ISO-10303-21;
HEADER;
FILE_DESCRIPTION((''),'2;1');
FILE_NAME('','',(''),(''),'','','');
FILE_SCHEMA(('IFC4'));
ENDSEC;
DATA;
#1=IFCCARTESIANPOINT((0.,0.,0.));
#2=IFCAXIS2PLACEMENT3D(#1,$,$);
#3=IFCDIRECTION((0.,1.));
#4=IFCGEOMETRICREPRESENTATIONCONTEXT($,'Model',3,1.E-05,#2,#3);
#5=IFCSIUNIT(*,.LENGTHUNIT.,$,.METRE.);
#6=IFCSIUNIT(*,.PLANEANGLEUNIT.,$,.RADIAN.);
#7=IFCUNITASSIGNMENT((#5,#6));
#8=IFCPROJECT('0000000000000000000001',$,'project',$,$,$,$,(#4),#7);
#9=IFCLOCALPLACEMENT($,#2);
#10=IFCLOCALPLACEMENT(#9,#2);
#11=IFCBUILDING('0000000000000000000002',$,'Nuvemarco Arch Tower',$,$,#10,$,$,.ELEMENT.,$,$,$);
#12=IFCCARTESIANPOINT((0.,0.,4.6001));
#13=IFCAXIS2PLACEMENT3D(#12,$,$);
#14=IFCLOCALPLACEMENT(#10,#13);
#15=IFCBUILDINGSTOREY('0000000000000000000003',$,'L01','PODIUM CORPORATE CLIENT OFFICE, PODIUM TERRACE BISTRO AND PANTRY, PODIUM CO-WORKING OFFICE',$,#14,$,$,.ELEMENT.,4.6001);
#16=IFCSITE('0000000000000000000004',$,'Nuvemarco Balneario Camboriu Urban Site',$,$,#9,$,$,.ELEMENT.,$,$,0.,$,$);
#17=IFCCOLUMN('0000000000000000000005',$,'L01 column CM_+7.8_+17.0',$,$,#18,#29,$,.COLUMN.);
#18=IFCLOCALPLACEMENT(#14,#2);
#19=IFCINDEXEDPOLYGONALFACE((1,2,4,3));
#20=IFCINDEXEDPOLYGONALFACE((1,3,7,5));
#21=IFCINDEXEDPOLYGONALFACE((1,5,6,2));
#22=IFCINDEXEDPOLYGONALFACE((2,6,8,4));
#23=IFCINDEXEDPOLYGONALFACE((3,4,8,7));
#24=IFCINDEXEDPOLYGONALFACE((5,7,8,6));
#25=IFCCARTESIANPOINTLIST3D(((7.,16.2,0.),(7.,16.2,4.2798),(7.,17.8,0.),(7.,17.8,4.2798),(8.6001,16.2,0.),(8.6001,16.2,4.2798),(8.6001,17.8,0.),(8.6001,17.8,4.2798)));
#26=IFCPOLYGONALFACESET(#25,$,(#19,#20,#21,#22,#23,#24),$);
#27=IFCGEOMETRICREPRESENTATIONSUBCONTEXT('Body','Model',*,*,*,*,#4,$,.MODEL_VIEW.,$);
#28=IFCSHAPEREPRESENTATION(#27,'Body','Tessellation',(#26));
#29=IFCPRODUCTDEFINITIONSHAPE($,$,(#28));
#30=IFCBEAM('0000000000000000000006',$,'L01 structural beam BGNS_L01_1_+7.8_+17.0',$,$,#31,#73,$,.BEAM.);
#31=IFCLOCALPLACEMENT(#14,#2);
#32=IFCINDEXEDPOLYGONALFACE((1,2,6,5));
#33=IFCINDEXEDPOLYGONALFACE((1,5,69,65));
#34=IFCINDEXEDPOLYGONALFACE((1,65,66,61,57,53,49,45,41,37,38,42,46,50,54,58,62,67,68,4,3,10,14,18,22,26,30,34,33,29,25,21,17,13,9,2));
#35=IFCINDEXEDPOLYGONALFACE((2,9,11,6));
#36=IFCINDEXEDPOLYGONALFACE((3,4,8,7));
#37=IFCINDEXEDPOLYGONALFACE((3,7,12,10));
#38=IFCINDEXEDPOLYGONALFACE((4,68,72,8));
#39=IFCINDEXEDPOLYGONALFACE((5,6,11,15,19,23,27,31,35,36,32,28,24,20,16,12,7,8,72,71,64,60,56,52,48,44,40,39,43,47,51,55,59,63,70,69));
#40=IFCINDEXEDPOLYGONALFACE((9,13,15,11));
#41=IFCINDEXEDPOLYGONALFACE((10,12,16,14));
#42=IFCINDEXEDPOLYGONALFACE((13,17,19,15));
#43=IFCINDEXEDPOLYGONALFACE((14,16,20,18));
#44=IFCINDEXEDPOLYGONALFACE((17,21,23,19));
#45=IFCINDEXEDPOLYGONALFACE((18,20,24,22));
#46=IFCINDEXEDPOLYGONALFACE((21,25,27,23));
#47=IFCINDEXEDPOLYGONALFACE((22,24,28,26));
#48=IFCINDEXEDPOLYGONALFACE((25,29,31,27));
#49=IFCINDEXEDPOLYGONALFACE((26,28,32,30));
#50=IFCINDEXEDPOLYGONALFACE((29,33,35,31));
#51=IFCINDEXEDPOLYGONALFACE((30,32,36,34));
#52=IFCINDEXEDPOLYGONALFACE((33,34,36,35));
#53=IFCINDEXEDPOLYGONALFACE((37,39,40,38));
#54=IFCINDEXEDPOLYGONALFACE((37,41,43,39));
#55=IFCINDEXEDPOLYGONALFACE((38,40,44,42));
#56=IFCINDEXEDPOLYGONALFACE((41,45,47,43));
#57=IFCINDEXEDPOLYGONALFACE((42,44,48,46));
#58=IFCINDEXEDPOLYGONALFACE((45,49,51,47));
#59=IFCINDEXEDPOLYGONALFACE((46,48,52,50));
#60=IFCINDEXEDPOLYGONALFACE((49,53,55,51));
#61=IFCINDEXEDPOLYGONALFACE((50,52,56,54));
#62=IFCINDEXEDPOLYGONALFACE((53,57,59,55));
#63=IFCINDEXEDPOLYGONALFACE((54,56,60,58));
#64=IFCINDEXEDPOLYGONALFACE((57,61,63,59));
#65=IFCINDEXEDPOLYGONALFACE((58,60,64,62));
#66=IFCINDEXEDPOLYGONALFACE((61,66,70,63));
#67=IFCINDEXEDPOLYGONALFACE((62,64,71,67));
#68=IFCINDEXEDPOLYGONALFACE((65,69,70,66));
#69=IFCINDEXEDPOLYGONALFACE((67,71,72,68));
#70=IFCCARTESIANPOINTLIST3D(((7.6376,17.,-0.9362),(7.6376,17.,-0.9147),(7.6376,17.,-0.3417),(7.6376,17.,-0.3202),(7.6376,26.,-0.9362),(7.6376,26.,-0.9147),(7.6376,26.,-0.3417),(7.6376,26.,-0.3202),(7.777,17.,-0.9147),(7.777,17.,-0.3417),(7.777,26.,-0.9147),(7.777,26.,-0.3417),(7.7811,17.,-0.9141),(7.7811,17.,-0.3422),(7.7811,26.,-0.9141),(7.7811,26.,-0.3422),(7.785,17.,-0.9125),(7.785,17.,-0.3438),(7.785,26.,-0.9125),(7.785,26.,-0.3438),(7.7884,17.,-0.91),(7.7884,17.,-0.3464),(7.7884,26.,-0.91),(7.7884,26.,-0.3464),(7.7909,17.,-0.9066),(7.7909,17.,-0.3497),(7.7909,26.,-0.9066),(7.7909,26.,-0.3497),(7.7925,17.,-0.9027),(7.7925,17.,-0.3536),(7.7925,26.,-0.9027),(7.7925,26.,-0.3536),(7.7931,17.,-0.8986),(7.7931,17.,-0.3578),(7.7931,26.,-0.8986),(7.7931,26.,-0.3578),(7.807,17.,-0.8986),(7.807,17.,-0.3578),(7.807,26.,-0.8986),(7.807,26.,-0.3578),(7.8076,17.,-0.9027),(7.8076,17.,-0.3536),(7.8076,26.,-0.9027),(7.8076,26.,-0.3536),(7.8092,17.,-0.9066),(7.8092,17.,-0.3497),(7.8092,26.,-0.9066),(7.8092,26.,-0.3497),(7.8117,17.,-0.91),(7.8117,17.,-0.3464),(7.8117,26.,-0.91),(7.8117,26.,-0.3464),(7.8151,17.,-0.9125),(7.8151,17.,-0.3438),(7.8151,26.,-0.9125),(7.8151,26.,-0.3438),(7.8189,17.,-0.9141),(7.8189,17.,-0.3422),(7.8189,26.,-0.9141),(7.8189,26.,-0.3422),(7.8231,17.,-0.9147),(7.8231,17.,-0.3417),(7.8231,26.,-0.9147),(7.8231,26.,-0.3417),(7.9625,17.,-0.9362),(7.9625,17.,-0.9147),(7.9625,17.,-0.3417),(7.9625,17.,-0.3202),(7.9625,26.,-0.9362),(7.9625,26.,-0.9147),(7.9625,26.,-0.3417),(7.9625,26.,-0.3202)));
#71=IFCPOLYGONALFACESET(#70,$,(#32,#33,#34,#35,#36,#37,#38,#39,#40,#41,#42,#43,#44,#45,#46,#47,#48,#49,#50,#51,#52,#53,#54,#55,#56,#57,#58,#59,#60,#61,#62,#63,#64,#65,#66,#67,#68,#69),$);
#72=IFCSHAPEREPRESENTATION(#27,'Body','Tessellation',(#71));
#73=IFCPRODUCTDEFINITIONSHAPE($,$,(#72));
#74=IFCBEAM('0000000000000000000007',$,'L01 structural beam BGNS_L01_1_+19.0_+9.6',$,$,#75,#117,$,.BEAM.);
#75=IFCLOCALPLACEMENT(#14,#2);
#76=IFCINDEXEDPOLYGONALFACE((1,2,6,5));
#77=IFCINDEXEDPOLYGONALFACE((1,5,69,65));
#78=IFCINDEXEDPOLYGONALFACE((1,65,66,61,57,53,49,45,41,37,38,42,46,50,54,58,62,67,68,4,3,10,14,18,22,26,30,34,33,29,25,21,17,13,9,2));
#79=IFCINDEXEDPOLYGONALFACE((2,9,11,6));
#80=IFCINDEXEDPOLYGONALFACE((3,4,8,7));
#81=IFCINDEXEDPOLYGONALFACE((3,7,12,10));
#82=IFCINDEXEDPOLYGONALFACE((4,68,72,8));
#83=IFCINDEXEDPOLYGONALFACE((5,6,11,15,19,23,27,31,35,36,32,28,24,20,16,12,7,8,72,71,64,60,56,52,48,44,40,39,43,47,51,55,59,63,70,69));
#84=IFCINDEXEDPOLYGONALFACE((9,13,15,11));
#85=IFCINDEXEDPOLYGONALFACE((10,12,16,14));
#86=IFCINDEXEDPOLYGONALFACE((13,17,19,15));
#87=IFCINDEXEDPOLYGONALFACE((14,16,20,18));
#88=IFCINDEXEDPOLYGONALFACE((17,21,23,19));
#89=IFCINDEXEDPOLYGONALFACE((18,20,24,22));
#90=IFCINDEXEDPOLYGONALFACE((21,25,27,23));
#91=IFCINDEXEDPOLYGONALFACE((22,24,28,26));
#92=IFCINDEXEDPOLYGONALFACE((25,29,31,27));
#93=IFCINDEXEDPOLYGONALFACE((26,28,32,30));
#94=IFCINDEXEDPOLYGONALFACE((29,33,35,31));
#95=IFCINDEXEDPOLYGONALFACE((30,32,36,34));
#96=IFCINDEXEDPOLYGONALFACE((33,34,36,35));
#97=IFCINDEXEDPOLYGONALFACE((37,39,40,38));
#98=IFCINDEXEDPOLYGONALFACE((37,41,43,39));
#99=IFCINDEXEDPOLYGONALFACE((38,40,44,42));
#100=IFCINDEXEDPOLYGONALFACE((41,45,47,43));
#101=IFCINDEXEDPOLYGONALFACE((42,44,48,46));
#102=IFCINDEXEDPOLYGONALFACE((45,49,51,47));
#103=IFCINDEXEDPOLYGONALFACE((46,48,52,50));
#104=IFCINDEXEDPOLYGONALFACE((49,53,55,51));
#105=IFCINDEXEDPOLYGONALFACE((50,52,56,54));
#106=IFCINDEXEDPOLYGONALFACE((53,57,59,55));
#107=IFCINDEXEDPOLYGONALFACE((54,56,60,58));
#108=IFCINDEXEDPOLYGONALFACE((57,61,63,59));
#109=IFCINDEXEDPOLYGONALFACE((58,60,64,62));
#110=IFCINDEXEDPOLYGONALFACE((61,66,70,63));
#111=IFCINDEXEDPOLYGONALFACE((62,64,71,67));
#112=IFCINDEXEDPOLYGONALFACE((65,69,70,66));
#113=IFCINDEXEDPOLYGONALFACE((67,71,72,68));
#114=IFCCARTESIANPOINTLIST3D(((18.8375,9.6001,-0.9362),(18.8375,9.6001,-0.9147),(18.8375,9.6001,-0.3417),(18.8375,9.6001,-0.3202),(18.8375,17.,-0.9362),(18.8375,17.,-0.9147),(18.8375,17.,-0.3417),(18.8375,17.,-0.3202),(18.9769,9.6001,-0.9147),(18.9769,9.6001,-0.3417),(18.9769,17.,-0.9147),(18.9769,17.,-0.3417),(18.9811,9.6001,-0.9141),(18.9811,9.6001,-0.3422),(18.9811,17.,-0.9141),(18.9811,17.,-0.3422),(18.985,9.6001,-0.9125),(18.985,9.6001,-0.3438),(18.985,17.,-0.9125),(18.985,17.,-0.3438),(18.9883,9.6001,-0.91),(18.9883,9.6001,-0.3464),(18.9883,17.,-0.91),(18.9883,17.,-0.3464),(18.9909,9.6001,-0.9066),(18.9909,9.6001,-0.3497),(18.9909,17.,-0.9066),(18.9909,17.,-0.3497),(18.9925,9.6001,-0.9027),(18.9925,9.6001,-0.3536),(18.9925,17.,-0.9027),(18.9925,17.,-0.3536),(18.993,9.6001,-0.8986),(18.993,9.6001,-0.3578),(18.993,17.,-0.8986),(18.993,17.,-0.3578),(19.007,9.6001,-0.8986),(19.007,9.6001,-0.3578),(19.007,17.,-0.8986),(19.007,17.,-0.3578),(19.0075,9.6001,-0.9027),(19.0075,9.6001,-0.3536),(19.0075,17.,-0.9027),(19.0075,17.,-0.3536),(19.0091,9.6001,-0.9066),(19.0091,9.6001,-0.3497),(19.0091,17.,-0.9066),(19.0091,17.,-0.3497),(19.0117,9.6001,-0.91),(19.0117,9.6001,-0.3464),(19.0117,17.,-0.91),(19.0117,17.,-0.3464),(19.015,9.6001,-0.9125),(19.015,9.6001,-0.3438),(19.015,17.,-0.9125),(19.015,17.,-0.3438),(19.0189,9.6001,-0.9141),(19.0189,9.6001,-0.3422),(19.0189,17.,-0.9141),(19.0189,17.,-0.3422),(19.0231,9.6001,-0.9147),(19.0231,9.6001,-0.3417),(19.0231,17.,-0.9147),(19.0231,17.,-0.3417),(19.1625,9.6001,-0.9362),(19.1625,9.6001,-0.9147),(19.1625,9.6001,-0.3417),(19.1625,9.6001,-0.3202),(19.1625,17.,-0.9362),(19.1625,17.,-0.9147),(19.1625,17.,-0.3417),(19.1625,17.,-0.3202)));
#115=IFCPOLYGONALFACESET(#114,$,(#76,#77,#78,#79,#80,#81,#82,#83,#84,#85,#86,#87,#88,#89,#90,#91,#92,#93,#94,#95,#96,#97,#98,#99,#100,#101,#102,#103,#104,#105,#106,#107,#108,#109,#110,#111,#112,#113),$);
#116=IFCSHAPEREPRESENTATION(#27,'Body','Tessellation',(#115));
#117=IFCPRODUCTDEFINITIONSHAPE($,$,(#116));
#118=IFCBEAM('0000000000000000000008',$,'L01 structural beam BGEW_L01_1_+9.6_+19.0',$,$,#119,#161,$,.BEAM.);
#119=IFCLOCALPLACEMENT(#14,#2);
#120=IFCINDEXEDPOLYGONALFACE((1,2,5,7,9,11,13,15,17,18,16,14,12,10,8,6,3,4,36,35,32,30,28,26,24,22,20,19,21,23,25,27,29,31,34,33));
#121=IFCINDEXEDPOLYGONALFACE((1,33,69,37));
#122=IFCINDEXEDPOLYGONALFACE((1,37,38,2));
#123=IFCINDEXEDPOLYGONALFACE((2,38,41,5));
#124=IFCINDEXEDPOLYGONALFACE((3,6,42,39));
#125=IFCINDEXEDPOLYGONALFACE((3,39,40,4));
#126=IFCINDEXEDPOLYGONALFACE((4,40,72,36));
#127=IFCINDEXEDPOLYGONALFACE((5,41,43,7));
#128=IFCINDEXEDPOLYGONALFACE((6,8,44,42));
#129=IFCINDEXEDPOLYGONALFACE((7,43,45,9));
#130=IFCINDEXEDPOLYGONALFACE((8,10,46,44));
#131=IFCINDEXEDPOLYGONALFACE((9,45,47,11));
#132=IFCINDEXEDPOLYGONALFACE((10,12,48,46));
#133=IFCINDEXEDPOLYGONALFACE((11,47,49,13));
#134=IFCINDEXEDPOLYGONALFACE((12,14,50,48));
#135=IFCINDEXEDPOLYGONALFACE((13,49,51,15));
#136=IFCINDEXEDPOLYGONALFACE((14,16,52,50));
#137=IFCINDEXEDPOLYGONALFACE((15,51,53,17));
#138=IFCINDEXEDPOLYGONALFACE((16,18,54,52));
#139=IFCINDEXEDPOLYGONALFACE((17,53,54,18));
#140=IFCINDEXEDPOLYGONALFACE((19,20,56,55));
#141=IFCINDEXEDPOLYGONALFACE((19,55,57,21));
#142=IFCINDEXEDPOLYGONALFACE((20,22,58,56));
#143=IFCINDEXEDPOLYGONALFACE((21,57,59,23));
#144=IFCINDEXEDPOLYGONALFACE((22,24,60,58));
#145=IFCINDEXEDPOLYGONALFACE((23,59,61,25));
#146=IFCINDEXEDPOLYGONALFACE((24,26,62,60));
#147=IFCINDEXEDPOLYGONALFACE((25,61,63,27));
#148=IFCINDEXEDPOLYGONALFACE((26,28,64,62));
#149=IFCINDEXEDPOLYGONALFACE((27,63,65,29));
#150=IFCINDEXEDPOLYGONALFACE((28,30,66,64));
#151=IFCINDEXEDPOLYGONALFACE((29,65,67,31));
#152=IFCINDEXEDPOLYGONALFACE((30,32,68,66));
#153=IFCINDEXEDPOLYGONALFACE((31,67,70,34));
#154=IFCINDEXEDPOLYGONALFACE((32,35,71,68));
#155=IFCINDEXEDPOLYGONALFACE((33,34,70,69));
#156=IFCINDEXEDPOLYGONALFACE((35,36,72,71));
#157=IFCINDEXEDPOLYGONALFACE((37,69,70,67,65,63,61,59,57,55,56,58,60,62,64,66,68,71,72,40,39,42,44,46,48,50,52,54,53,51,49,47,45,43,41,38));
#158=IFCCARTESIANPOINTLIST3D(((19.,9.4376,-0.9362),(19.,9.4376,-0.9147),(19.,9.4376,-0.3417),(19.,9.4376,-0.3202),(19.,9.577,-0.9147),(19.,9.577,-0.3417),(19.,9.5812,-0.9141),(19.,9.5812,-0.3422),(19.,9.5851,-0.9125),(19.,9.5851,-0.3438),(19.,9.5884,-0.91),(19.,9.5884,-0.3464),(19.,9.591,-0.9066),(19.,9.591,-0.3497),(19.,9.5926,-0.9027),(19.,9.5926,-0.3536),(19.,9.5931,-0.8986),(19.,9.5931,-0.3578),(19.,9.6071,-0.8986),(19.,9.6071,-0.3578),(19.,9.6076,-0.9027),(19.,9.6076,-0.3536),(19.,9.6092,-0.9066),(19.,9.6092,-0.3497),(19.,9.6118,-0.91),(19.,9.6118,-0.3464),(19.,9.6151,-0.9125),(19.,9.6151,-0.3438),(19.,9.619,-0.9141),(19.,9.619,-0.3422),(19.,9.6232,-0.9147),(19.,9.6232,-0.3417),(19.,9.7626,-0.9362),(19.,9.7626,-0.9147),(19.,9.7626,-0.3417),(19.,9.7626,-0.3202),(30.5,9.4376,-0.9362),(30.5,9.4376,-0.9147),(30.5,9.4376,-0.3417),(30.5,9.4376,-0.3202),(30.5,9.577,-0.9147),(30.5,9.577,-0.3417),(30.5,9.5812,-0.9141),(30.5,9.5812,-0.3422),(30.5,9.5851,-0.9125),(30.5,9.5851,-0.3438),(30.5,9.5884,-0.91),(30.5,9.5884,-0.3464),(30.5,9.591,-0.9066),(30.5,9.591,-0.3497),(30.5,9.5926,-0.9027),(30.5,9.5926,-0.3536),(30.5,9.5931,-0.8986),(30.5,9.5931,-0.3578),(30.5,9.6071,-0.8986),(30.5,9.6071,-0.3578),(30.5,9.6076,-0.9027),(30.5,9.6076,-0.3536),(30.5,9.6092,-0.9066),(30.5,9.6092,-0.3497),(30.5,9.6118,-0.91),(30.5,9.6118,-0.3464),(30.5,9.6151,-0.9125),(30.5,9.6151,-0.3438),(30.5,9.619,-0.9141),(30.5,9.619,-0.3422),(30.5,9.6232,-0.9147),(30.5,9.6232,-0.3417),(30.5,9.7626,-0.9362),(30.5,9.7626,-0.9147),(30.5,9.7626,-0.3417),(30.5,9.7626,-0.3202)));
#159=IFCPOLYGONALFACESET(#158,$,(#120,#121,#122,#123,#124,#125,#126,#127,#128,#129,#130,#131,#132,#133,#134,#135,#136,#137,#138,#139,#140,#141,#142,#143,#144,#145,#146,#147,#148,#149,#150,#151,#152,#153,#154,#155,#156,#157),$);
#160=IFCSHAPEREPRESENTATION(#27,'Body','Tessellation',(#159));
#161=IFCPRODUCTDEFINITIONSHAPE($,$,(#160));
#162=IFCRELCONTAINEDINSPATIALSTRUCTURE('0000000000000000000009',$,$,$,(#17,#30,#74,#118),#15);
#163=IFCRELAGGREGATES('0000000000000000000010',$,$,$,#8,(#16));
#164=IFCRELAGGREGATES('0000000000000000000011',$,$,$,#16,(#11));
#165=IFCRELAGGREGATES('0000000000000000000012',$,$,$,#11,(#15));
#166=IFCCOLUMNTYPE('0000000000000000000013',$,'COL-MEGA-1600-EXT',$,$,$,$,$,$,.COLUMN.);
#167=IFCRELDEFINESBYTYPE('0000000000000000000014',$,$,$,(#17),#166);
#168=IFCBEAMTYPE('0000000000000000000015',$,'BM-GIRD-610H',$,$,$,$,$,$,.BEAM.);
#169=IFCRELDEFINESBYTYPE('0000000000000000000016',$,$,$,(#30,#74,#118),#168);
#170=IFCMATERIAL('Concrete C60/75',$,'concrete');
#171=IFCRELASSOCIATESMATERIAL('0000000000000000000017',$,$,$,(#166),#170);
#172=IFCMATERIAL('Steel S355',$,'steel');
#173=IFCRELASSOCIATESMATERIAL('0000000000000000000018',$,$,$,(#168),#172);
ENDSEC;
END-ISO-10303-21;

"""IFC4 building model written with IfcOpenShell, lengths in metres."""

from ifc_helpers import new_model, si_unit, direction, frame, origin, origin_2d, place, context, subcontext, project, spatial, rectangle, i_section, extrude, material, material_profile, profile_set, type_object, element, save


model = new_model("IFC4")

# Units and contexts
model_context = context("Model", 3, precision=1e-05, world=origin(), true_north=direction((0.0, 1.0)))
body_context = subcontext(model_context, "Body", "Model", "MODEL_VIEW")
ifc_project = project(units=[si_unit("LENGTHUNIT", "METRE"), si_unit("PLANEANGLEUNIT", "RADIAN")], contexts=[model_context])

# Site, building, storey
site_placement = place(None, origin())
site = spatial("IfcSite", under=ifc_project, at=site_placement, Name="Nuvemarco Balneario Camboriu Urban Site", CompositionType="ELEMENT", RefElevation=0.0)
building_placement = place(site_placement, origin())
building = spatial("IfcBuilding", under=site, at=building_placement, Name="Nuvemarco Arch Tower", CompositionType="ELEMENT")
storey_placement = place(building_placement, frame((0.0, 0.0, 4.6001)))
storey = spatial("IfcBuildingStorey", under=building, at=storey_placement, Name="L01", Description="PODIUM CORPORATE CLIENT OFFICE, PODIUM TERRACE BISTRO AND PANTRY, PODIUM CO-WORKING OFFICE", CompositionType="ELEMENT", Elevation=4.6001)

# Column
ifc_material_1 = material(Name="Concrete C60/75", Category="concrete")
ifc_material_profile_1 = material_profile(ifc_material_1, rectangle(XDim=1.6001, YDim=1.6001, at=origin_2d()), Name="RC-COL-1600x1600")
ifc_profile_set_1 = profile_set([ifc_material_profile_1], Name="Concrete C60/75")
column_type = type_object("IfcColumnType", Name="COL-MEGA-1600-EXT", PredefinedType="COLUMN", material=ifc_profile_set_1)
column_placement = place(storey_placement, frame((7.8, 17.0, 0.0), z_axis=(0.0, 0.0, 1.0), x_axis=(1.0, 0.0, 0.0)))
element("IfcColumn", 1, at=column_placement, inside=storey, type_object=column_type, Name="L01 column CM_+7.8_+17.0", PredefinedType="COLUMN", context=body_context, shape_type="SweptSolid", body=[
    extrude(rectangle(XDim=1.6001, YDim=1.6001, at=origin_2d()), origin(), (0.0, 0.0, 1.0), 4.2798),
])

# Beams
ifc_material_2 = material(Name="Steel S355", Category="steel")
ifc_material_profile_2 = material_profile(ifc_material_2, i_section(OverallWidth=0.325, OverallDepth=0.616, WebThickness=0.0139, FlangeThickness=0.0215, FilletRadius=0.0161, at=origin_2d()), Name="W610x174")
ifc_profile_set_2 = profile_set([ifc_material_profile_2], Name="Steel S355")
beam_type = type_object("IfcBeamType", Name="BM-GIRD-610H", PredefinedType="BEAM", material=ifc_profile_set_2)
beam_1_placement = place(storey_placement, frame((7.8, 17.0, -0.6282), z_axis=(0.0, 1.0, 0.0), x_axis=(-1.0, 0.0, 0.0)))
element("IfcBeam", 2, at=beam_1_placement, inside=storey, type_object=beam_type, Name="L01 structural beam BGNS_L01_1_+7.8_+17.0", PredefinedType="BEAM", context=body_context, shape_type="SweptSolid", body=[
    extrude(i_section(OverallWidth=0.325, OverallDepth=0.616, WebThickness=0.0139, FlangeThickness=0.0215, FilletRadius=0.0161, at=origin_2d()), origin(), (0.0, 0.0, 1.0), 9.0),
])
beam_2_placement = place(storey_placement, frame((19.0, 9.6001, -0.6282), z_axis=(0.0, 1.0, 0.0), x_axis=(-1.0, 0.0, 0.0)))
element("IfcBeam", 3, at=beam_2_placement, inside=storey, type_object=beam_type, Name="L01 structural beam BGNS_L01_1_+19.0_+9.6", PredefinedType="BEAM", context=body_context, shape_type="SweptSolid", body=[
    extrude(i_section(OverallWidth=0.325, OverallDepth=0.616, WebThickness=0.0139, FlangeThickness=0.0215, FilletRadius=0.0161, at=origin_2d()), origin(), (0.0, 0.0, 1.0), 7.3999),
])
beam_3_placement = place(storey_placement, frame((19.0, 9.6001, -0.6282), z_axis=(1.0, 0.0, 0.0), x_axis=(0.0, 1.0, 0.0)))
element("IfcBeam", 4, at=beam_3_placement, inside=storey, type_object=beam_type, Name="L01 structural beam BGEW_L01_1_+9.6_+19.0", PredefinedType="BEAM", context=body_context, shape_type="SweptSolid", body=[
    extrude(i_section(OverallWidth=0.325, OverallDepth=0.616, WebThickness=0.0139, FlangeThickness=0.0215, FilletRadius=0.0161, at=origin_2d()), origin(), (0.0, 0.0, 1.0), 11.5),
])

save(model, "model.ifc")
